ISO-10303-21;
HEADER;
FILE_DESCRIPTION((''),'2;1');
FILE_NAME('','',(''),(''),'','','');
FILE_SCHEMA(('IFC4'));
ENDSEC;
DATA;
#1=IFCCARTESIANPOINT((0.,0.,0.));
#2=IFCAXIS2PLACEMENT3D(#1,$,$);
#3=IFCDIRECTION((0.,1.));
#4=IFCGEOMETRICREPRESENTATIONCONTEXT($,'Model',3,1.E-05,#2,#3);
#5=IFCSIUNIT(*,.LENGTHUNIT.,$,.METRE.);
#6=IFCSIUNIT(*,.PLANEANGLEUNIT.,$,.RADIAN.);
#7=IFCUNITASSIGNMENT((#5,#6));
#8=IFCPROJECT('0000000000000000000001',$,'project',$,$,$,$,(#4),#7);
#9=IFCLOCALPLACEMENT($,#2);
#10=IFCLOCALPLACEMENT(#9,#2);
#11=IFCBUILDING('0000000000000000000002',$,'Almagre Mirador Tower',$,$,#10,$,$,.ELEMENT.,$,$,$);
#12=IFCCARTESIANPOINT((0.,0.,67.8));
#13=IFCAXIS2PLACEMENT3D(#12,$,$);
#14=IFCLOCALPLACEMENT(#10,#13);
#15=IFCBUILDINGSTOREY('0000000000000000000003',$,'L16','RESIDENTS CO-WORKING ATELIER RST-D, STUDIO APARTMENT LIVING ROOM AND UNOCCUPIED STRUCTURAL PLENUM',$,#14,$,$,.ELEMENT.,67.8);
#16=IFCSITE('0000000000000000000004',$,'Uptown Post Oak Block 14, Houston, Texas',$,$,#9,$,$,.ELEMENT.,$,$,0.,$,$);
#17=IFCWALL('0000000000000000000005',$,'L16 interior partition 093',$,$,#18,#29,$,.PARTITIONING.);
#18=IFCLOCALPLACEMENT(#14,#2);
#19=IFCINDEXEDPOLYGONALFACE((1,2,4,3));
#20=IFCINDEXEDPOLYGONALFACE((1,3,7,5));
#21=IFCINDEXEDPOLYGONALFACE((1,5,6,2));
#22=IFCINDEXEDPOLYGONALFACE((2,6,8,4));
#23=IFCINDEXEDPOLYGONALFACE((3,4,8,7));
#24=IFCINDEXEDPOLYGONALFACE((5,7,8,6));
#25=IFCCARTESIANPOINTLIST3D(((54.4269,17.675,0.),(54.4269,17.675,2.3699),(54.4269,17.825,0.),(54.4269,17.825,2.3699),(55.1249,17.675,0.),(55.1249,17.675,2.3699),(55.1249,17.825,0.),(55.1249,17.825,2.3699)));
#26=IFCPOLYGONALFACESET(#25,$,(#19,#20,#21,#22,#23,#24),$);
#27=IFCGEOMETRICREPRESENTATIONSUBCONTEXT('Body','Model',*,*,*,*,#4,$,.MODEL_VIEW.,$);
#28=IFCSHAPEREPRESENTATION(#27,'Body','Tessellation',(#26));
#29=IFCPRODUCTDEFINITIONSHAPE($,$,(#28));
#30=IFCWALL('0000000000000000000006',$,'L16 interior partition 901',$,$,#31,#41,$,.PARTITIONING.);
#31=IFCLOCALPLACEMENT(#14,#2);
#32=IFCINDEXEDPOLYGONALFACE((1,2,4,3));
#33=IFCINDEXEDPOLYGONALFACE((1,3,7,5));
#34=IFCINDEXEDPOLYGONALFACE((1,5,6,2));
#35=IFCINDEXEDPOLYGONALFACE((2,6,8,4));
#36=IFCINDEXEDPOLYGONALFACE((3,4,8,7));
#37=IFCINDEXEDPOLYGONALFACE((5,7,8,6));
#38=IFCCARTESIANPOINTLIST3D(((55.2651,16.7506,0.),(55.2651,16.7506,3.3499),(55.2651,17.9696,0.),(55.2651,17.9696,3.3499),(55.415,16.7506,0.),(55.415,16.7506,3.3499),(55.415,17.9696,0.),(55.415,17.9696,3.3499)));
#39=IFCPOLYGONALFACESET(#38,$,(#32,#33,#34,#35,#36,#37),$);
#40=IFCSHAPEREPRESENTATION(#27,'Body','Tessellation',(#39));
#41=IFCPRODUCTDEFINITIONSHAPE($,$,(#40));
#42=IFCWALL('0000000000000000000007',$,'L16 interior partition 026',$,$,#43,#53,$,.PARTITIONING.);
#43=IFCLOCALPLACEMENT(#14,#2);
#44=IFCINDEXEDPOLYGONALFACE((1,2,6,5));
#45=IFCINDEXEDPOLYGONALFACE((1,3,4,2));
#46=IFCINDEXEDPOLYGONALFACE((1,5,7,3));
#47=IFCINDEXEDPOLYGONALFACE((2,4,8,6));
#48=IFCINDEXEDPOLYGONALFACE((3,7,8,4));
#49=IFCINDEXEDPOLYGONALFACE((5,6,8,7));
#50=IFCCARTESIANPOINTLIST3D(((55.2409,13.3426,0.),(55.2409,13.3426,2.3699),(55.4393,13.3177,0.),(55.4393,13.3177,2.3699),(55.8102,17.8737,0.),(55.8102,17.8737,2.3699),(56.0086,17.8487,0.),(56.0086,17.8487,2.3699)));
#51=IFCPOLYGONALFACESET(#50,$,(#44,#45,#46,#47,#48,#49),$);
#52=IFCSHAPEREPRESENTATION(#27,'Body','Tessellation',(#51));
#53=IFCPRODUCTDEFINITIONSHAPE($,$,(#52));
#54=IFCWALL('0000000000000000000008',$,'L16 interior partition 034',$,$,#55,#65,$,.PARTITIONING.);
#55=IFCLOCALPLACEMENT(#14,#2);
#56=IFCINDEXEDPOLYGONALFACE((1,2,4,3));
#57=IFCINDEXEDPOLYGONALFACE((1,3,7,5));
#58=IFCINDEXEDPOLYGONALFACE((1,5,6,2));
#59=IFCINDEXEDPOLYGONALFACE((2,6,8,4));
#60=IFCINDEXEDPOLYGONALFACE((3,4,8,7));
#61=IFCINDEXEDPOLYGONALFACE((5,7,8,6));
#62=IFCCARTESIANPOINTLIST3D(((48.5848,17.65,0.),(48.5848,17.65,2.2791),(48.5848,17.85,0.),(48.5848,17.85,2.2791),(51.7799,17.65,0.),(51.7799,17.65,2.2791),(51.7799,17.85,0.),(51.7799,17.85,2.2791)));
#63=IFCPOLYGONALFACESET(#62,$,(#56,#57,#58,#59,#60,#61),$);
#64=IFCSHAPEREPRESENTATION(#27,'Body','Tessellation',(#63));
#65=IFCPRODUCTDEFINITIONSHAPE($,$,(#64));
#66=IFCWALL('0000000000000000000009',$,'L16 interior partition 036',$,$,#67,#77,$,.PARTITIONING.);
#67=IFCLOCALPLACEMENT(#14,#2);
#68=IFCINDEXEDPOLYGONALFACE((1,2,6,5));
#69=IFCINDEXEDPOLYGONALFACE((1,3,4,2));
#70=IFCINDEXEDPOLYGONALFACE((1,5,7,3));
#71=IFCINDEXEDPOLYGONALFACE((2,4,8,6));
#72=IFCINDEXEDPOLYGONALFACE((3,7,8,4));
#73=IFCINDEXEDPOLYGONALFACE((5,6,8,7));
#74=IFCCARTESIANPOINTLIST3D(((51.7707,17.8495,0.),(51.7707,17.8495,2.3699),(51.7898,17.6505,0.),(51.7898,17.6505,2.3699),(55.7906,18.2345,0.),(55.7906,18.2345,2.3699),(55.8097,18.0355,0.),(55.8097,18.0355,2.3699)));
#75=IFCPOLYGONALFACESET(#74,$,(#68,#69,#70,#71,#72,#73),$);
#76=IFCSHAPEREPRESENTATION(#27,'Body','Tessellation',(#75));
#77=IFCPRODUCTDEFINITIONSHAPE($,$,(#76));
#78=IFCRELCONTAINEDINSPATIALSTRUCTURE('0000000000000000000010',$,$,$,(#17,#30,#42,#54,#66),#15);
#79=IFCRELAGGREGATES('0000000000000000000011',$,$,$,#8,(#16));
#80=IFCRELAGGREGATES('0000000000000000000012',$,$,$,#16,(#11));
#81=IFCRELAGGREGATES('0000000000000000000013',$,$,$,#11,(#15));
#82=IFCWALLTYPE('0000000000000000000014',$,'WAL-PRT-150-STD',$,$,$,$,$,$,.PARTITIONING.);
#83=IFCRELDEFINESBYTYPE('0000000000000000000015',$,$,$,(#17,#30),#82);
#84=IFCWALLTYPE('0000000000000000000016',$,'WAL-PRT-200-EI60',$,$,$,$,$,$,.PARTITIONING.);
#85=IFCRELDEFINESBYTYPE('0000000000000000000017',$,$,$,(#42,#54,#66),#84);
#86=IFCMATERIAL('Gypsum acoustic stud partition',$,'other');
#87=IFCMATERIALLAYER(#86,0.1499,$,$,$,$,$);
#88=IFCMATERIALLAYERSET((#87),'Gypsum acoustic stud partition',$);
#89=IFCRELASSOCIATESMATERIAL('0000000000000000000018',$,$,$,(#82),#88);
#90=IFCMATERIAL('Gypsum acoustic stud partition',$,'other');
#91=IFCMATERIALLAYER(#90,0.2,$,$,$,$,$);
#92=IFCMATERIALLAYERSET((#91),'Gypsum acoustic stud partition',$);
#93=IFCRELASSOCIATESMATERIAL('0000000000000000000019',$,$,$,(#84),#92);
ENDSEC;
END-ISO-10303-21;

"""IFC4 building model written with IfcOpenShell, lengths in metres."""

from ifc_helpers import new_model, si_unit, direction, frame, frame_2d, origin, place, context, subcontext, project, spatial, rectangle, extrude, material, layer, layer_set, type_object, element, save


model = new_model("IFC4")

# Units and contexts
model_context = context("Model", 3, precision=1e-05, world=origin(), true_north=direction((0.0, 1.0)))
body_context = subcontext(model_context, "Body", "Model", "MODEL_VIEW")
ifc_project = project(units=[si_unit("LENGTHUNIT", "METRE"), si_unit("PLANEANGLEUNIT", "RADIAN")], contexts=[model_context])

# Site, building, storey
site_placement = place(None, origin())
site = spatial("IfcSite", under=ifc_project, at=site_placement, Name="Uptown Post Oak Block 14, Houston, Texas", CompositionType="ELEMENT", RefElevation=0.0)
building_placement = place(site_placement, origin())
building = spatial("IfcBuilding", under=site, at=building_placement, Name="Almagre Mirador Tower", CompositionType="ELEMENT")
storey_placement = place(building_placement, frame((0.0, 0.0, 67.8)))
storey = spatial("IfcBuildingStorey", under=building, at=storey_placement, Name="L16", Description="RESIDENTS CO-WORKING ATELIER RST-D, STUDIO APARTMENT LIVING ROOM AND UNOCCUPIED STRUCTURAL PLENUM", CompositionType="ELEMENT", Elevation=67.8)

# Walls
ifc_material_1 = material(Name="Gypsum acoustic stud partition", Category="other")
ifc_layer_1 = layer(ifc_material_1, 0.1499)
ifc_layer_set_1 = layer_set([ifc_layer_1], Name="Gypsum acoustic stud partition")
wall_type_1 = type_object("IfcWallType", Name="WAL-PRT-150-STD", PredefinedType="PARTITIONING", material=ifc_layer_set_1)
wall_1_placement = place(storey_placement, frame((55.125, 17.75, 0.0), z_axis=(0.0, 0.0, 1.0), x_axis=(-1.0, 0.0, 0.0)))
element("IfcWall", 1, at=wall_1_placement, inside=storey, type_object=wall_type_1, Name="L16 interior partition 093", PredefinedType="PARTITIONING", context=body_context, shape_type="SweptSolid", body=[
    extrude(rectangle(XDim=0.698, YDim=0.1499, at=frame_2d((0.3491, 0.0))), origin(), (0.0, 0.0, 1.0), 2.3699),
])
wall_2_placement = place(storey_placement, frame((55.3401, 17.9695, 0.0), z_axis=(0.0, 0.0, 1.0), x_axis=(0.0, -1.0, 0.0)))
element("IfcWall", 2, at=wall_2_placement, inside=storey, type_object=wall_type_1, Name="L16 interior partition 901", PredefinedType="PARTITIONING", context=body_context, shape_type="SweptSolid", body=[
    extrude(rectangle(XDim=1.219, YDim=0.1499, at=frame_2d((0.6094, 0.0))), origin(), (0.0, 0.0, 1.0), 3.3499),
])
ifc_material_2 = material(Name="Gypsum acoustic stud partition", Category="other")
ifc_layer_2 = layer(ifc_material_2, 0.2)
ifc_layer_set_2 = layer_set([ifc_layer_2], Name="Gypsum acoustic stud partition")
wall_type_2 = type_object("IfcWallType", Name="WAL-PRT-200-EI60", PredefinedType="PARTITIONING", material=ifc_layer_set_2)
wall_3_placement = place(storey_placement, frame((55.9094, 17.8611, 0.0), z_axis=(0.0, 0.0, 1.0), x_axis=(-0.124673, -0.992198, 0.0)))
element("IfcWall", 3, at=wall_3_placement, inside=storey, type_object=wall_type_2, Name="L16 interior partition 026", PredefinedType="PARTITIONING", context=body_context, shape_type="SweptSolid", body=[
    extrude(rectangle(XDim=4.5667, YDim=0.2, at=frame_2d((2.2832, 0.0))), origin(), (0.0, 0.0, 1.0), 2.3699),
])
wall_4_placement = place(storey_placement, frame((51.78, 17.75, 0.0), z_axis=(0.0, 0.0, 1.0), x_axis=(-1.0, 0.0, 0.0)))
element("IfcWall", 4, at=wall_4_placement, inside=storey, type_object=wall_type_2, Name="L16 interior partition 034", PredefinedType="PARTITIONING", context=body_context, shape_type="SweptSolid", body=[
    extrude(rectangle(XDim=3.1951, YDim=0.2, at=frame_2d((1.5977, 0.0))), origin(), (0.0, 0.0, 1.0), 2.2791),
])
wall_5_placement = place(storey_placement, frame((55.8, 18.135, 0.0), z_axis=(0.0, 0.0, 1.0), x_axis=(-0.995445, -0.095337, 0.0)))
element("IfcWall", 5, at=wall_5_placement, inside=storey, type_object=wall_type_2, Name="L16 interior partition 036", PredefinedType="PARTITIONING", context=body_context, shape_type="SweptSolid", body=[
    extrude(rectangle(XDim=4.0383, YDim=0.2, at=frame_2d((2.019, 0.0))), origin(), (0.0, 0.0, 1.0), 2.3699),
])

save(model, "model.ifc")
